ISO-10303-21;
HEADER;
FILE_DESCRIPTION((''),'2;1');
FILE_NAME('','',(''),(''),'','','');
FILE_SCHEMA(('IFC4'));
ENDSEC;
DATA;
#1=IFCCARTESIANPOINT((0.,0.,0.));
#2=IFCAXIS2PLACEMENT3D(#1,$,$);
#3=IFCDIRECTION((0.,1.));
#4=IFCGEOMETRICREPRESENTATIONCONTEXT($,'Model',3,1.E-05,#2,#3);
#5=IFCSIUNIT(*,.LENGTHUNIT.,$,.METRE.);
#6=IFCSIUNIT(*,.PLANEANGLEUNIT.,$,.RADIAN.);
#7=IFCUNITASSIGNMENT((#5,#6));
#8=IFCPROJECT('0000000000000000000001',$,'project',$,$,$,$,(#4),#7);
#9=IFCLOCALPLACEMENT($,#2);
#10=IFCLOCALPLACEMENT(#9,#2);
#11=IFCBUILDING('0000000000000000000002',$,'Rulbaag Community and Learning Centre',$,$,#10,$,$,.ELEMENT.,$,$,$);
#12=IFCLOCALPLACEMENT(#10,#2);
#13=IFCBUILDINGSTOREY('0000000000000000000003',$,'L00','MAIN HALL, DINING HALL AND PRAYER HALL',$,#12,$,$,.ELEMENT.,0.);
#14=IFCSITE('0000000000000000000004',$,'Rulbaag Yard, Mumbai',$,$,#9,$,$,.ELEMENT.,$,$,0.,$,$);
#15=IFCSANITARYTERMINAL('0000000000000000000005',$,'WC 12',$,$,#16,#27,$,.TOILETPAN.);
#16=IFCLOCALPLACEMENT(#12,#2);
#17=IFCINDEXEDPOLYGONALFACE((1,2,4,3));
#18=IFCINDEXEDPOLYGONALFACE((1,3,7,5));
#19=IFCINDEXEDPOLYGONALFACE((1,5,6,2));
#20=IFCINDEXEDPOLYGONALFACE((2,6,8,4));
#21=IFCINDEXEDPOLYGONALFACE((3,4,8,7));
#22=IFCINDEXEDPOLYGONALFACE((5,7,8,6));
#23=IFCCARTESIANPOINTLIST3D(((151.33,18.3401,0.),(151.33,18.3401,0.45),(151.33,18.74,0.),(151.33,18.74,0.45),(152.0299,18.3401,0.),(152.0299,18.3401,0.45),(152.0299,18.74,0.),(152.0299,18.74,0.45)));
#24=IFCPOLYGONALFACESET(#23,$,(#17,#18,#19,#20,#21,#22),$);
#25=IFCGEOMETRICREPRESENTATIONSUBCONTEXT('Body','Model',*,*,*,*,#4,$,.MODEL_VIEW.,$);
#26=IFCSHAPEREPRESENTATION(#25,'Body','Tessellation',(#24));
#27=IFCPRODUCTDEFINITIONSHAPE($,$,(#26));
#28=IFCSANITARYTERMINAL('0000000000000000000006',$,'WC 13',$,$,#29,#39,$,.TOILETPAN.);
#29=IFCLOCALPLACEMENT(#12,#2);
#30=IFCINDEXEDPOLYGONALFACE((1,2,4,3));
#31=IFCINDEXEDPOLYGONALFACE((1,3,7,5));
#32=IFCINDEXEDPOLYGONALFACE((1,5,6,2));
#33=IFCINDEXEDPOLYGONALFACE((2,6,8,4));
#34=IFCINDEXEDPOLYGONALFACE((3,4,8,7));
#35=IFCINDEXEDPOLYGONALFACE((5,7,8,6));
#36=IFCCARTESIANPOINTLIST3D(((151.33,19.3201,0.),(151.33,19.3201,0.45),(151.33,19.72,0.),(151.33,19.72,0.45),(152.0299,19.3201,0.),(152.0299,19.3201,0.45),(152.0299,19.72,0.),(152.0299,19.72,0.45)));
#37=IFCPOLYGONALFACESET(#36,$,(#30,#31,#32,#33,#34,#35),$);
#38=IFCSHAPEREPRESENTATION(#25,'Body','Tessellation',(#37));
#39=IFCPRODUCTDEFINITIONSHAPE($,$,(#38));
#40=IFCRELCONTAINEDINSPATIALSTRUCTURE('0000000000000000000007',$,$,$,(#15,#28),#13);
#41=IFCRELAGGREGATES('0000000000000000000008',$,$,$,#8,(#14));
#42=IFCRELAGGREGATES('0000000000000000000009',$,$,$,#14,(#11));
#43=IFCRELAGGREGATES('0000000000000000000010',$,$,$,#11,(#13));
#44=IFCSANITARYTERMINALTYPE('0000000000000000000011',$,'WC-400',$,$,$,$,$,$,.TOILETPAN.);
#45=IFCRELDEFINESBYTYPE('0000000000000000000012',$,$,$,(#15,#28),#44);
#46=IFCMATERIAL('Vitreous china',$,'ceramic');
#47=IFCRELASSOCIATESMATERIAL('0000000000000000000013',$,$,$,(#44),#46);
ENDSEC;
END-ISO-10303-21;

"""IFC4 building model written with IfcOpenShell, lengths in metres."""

from ifc_helpers import new_model, si_unit, direction, frame, origin, origin_2d, place, context, subcontext, project, spatial, rectangle, extrude, material, type_object, element, save


model = new_model("IFC4")

# Units and contexts
model_context = context("Model", 3, precision=1e-05, world=origin(), true_north=direction((0.0, 1.0)))
body_context = subcontext(model_context, "Body", "Model", "MODEL_VIEW")
ifc_project = project(units=[si_unit("LENGTHUNIT", "METRE"), si_unit("PLANEANGLEUNIT", "RADIAN")], contexts=[model_context])

# Site, building, storey
site_placement = place(None, origin())
site = spatial("IfcSite", under=ifc_project, at=site_placement, Name="Rulbaag Yard, Mumbai", CompositionType="ELEMENT", RefElevation=0.0)
building_placement = place(site_placement, origin())
building = spatial("IfcBuilding", under=site, at=building_placement, Name="Rulbaag Community and Learning Centre", CompositionType="ELEMENT")
storey_placement = place(building_placement, origin())
storey = spatial("IfcBuildingStorey", under=building, at=storey_placement, Name="L00", Description="MAIN HALL, DINING HALL AND PRAYER HALL", CompositionType="ELEMENT", Elevation=0.0)

# Sanitary terminals
ifc_material_1 = material(Name="Vitreous china", Category="ceramic")
sanitary_terminal_type_1 = type_object("IfcSanitaryTerminalType", Name="WC-400", PredefinedType="TOILETPAN", material=ifc_material_1)
for number, where, z_axis, x_axis, name in (
    (1, (151.6799, 18.54, 0.0), (0.0, 0.0, 1.0), (1.0, 0.0, 0.0), "WC 12"),
    (2, (151.6799, 19.52, 0.0), (0.0, 0.0, 1.0), (1.0, 0.0, 0.0), "WC 13"),
):
    element("IfcSanitaryTerminal", number, at=place(storey_placement, frame(where, z_axis=z_axis, x_axis=x_axis)), inside=storey, type_object=sanitary_terminal_type_1, Name=name, PredefinedType="TOILETPAN", context=body_context, shape_type="SweptSolid", body=[
        extrude(rectangle(XDim=0.7, YDim=0.3999, at=origin_2d()), origin(), (0.0, 0.0, 1.0), 0.45),
    ])

save(model, "model.ifc")
